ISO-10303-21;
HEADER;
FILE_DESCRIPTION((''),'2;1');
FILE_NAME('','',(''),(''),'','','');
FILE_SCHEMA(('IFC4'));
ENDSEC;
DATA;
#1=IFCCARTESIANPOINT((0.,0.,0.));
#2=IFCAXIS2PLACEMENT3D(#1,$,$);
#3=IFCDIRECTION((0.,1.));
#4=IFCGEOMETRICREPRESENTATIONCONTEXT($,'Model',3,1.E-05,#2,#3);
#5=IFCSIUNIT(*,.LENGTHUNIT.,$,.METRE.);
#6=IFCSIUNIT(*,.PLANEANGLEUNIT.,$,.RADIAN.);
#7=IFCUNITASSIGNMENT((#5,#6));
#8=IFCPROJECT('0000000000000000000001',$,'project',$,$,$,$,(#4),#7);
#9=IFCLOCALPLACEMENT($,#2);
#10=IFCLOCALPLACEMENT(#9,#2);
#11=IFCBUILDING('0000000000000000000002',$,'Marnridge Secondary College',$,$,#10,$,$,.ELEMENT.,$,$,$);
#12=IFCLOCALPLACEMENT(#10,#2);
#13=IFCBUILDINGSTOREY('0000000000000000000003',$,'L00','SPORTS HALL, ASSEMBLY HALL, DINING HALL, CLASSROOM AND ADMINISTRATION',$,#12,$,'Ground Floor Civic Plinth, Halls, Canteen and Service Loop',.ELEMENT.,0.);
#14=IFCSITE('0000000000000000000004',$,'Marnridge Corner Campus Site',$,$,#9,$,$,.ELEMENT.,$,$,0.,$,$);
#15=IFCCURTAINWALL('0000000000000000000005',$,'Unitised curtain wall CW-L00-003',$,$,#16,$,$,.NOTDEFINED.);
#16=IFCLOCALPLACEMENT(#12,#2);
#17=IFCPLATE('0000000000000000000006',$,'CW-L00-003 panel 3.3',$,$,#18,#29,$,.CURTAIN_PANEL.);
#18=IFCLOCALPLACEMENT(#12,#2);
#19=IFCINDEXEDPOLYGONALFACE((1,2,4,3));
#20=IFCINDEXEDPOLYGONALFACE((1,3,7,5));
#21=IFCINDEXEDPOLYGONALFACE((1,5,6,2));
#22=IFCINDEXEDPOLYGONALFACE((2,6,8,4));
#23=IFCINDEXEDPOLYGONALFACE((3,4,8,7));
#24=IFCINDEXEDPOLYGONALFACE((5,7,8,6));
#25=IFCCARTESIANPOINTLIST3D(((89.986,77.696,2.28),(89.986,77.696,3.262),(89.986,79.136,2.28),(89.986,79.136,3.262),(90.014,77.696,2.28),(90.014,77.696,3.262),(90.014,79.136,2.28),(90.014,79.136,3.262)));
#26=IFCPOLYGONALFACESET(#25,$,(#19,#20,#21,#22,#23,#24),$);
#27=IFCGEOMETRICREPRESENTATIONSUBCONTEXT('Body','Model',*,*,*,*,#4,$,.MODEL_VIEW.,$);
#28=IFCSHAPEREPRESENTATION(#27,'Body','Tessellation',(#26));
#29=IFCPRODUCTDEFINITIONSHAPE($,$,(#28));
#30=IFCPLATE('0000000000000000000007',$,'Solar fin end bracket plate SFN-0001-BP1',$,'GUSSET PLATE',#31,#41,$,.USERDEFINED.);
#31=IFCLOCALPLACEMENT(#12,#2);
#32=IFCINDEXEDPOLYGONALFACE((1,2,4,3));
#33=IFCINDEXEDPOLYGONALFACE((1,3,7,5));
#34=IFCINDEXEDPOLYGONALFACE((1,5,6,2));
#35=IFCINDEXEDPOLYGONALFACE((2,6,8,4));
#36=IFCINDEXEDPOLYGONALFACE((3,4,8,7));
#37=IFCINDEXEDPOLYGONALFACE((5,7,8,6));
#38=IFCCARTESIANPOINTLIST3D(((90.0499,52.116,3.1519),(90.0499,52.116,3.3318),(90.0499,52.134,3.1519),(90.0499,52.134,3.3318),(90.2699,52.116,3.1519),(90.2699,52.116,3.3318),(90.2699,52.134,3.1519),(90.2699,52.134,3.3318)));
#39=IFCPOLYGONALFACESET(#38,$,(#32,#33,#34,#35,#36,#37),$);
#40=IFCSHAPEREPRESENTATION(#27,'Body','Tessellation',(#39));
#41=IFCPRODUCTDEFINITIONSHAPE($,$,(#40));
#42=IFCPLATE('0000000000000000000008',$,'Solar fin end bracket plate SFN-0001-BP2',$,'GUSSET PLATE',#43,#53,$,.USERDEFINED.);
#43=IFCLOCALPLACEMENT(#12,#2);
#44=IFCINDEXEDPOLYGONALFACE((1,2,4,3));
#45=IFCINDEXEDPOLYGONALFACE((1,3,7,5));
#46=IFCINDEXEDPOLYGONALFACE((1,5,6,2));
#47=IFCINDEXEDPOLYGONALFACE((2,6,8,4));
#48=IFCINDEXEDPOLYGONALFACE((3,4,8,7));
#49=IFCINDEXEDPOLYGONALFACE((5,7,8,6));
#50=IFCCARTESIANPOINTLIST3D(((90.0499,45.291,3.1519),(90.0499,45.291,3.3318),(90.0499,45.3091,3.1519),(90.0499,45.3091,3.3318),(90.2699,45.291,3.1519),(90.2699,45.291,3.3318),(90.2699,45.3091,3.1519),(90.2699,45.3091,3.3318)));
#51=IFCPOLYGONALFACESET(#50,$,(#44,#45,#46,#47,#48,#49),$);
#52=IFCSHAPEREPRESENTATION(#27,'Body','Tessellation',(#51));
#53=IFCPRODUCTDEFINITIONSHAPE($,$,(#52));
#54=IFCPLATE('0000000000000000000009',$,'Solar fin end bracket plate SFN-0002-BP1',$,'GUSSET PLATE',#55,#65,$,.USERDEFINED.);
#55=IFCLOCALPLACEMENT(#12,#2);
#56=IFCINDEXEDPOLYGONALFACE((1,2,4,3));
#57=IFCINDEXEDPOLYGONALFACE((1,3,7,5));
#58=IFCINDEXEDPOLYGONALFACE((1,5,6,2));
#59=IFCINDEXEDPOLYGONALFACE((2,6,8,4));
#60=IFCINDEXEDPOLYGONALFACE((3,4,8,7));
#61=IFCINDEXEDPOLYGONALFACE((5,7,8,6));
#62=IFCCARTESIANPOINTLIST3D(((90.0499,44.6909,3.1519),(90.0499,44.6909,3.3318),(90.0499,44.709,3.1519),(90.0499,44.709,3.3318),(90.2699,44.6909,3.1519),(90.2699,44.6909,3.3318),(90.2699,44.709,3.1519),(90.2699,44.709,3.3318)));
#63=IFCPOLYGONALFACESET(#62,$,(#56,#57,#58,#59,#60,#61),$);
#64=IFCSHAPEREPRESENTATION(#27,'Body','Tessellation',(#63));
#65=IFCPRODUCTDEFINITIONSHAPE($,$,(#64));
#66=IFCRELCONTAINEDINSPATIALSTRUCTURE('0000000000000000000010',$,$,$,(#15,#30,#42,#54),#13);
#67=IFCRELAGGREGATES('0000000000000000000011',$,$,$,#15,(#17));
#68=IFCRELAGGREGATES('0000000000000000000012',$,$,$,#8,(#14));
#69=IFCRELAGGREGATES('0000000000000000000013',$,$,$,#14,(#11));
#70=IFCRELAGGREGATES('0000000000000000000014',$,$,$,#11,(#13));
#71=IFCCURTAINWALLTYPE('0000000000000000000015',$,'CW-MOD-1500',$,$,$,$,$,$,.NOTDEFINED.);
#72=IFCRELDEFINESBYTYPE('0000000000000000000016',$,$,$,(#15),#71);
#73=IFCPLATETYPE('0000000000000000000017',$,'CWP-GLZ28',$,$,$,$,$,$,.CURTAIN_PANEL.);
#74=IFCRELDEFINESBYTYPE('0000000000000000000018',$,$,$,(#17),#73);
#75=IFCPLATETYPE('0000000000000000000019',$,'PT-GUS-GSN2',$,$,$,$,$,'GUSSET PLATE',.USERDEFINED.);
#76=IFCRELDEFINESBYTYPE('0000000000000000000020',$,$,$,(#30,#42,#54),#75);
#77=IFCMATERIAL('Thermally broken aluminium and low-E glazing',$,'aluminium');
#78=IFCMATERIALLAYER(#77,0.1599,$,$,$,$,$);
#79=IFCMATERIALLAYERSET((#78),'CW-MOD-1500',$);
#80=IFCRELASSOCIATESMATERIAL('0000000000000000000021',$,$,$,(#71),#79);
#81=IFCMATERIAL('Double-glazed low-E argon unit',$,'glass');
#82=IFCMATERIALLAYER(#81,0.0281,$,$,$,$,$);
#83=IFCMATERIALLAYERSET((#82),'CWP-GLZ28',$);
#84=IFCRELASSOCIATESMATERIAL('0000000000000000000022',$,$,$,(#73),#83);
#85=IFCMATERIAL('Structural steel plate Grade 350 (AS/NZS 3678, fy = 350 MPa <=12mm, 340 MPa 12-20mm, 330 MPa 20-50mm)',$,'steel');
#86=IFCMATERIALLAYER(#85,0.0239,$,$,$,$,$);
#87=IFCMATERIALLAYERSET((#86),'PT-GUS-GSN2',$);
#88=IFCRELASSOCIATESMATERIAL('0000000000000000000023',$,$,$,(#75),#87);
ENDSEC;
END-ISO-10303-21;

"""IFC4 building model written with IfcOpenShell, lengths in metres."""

from ifc_helpers import new_model, si_unit, direction, frame, origin, origin_2d, place, context, subcontext, project, spatial, rectangle, extrude, material, layer, layer_set, type_object, element, aggregate, save


model = new_model("IFC4")

# Units and contexts
model_context = context("Model", 3, precision=1e-05, world=origin(), true_north=direction((0.0, 1.0)))
body_context = subcontext(model_context, "Body", "Model", "MODEL_VIEW")
ifc_project = project(units=[si_unit("LENGTHUNIT", "METRE"), si_unit("PLANEANGLEUNIT", "RADIAN")], contexts=[model_context])

# Site, building, storey
site_placement = place(None, origin())
site = spatial("IfcSite", under=ifc_project, at=site_placement, Name="Marnridge Corner Campus Site", CompositionType="ELEMENT", RefElevation=0.0)
building_placement = place(site_placement, origin())
building = spatial("IfcBuilding", under=site, at=building_placement, Name="Marnridge Secondary College", CompositionType="ELEMENT")
storey_placement = place(building_placement, origin())
storey = spatial("IfcBuildingStorey", under=building, at=storey_placement, Name="L00", Description="SPORTS HALL, ASSEMBLY HALL, DINING HALL, CLASSROOM AND ADMINISTRATION", LongName="Ground Floor Civic Plinth, Halls, Canteen and Service Loop", CompositionType="ELEMENT", Elevation=0.0)

# Curtain wall
ifc_material_1 = material(Name="Thermally broken aluminium and low-E glazing", Category="aluminium")
ifc_layer_1 = layer(ifc_material_1, 0.1599)
ifc_layer_set_1 = layer_set([ifc_layer_1], Name="CW-MOD-1500")
curtain_wall_type = type_object("IfcCurtainWallType", Name="CW-MOD-1500", PredefinedType="NOTDEFINED", material=ifc_layer_set_1)
curtain_wall_placement = place(storey_placement, origin())
curtain_wall = element("IfcCurtainWall", 1, at=curtain_wall_placement, inside=storey, type_object=curtain_wall_type, Name="Unitised curtain wall CW-L00-003", PredefinedType="NOTDEFINED")

# Plate
ifc_material_2 = material(Name="Double-glazed low-E argon unit", Category="glass")
ifc_layer_2 = layer(ifc_material_2, 0.0281)
ifc_layer_set_2 = layer_set([ifc_layer_2], Name="CWP-GLZ28")
plate_type_1 = type_object("IfcPlateType", Name="CWP-GLZ28", PredefinedType="CURTAIN_PANEL", material=ifc_layer_set_2)
plate_1_placement = place(storey_placement, frame((90.0, 78.416, 2.28), z_axis=(0.0, 0.0, 1.0), x_axis=(0.0, -1.0, 0.0)))
plate_1 = element("IfcPlate", 2, at=plate_1_placement, type_object=plate_type_1, Name="CW-L00-003 panel 3.3", PredefinedType="CURTAIN_PANEL", context=body_context, shape_type="SweptSolid", body=[
    extrude(rectangle(XDim=1.4399, YDim=0.0281, at=origin_2d()), origin(), (0.0, 0.0, 1.0), 0.9819),
])
aggregate(curtain_wall, [plate_1])

# Plates
ifc_material_3 = material(Name="Structural steel plate Grade 350 (AS/NZS 3678, fy = 350 MPa <=12mm, 340 MPa 12-20mm, 330 MPa 20-50mm)", Category="steel")
ifc_layer_3 = layer(ifc_material_3, 0.0239)
ifc_layer_set_3 = layer_set([ifc_layer_3], Name="PT-GUS-GSN2")
plate_type_2 = type_object("IfcPlateType", Name="PT-GUS-GSN2", ElementType="GUSSET PLATE", PredefinedType="USERDEFINED", material=ifc_layer_set_3)
for number, where, z_axis, x_axis, name in (
    (3, (90.1599, 52.125, 3.1519), (0.0, 0.0, 1.0), (1.0, 0.0, 0.0), "Solar fin end bracket plate SFN-0001-BP1"),
    (4, (90.1599, 45.3, 3.1519), (0.0, 0.0, 1.0), (1.0, 0.0, 0.0), "Solar fin end bracket plate SFN-0001-BP2"),
    (5, (90.1599, 44.7, 3.1519), (0.0, 0.0, 1.0), (1.0, 0.0, 0.0), "Solar fin end bracket plate SFN-0002-BP1"),
):
    element("IfcPlate", number, at=place(storey_placement, frame(where, z_axis=z_axis, x_axis=x_axis)), inside=storey, type_object=plate_type_2, Name=name, ObjectType="GUSSET PLATE", PredefinedType="USERDEFINED", context=body_context, shape_type="SweptSolid", body=[
        extrude(rectangle(XDim=0.22, YDim=0.0181, at=origin_2d()), origin(), (0.0, 0.0, 1.0), 0.1799),
    ])

save(model, "model.ifc")
